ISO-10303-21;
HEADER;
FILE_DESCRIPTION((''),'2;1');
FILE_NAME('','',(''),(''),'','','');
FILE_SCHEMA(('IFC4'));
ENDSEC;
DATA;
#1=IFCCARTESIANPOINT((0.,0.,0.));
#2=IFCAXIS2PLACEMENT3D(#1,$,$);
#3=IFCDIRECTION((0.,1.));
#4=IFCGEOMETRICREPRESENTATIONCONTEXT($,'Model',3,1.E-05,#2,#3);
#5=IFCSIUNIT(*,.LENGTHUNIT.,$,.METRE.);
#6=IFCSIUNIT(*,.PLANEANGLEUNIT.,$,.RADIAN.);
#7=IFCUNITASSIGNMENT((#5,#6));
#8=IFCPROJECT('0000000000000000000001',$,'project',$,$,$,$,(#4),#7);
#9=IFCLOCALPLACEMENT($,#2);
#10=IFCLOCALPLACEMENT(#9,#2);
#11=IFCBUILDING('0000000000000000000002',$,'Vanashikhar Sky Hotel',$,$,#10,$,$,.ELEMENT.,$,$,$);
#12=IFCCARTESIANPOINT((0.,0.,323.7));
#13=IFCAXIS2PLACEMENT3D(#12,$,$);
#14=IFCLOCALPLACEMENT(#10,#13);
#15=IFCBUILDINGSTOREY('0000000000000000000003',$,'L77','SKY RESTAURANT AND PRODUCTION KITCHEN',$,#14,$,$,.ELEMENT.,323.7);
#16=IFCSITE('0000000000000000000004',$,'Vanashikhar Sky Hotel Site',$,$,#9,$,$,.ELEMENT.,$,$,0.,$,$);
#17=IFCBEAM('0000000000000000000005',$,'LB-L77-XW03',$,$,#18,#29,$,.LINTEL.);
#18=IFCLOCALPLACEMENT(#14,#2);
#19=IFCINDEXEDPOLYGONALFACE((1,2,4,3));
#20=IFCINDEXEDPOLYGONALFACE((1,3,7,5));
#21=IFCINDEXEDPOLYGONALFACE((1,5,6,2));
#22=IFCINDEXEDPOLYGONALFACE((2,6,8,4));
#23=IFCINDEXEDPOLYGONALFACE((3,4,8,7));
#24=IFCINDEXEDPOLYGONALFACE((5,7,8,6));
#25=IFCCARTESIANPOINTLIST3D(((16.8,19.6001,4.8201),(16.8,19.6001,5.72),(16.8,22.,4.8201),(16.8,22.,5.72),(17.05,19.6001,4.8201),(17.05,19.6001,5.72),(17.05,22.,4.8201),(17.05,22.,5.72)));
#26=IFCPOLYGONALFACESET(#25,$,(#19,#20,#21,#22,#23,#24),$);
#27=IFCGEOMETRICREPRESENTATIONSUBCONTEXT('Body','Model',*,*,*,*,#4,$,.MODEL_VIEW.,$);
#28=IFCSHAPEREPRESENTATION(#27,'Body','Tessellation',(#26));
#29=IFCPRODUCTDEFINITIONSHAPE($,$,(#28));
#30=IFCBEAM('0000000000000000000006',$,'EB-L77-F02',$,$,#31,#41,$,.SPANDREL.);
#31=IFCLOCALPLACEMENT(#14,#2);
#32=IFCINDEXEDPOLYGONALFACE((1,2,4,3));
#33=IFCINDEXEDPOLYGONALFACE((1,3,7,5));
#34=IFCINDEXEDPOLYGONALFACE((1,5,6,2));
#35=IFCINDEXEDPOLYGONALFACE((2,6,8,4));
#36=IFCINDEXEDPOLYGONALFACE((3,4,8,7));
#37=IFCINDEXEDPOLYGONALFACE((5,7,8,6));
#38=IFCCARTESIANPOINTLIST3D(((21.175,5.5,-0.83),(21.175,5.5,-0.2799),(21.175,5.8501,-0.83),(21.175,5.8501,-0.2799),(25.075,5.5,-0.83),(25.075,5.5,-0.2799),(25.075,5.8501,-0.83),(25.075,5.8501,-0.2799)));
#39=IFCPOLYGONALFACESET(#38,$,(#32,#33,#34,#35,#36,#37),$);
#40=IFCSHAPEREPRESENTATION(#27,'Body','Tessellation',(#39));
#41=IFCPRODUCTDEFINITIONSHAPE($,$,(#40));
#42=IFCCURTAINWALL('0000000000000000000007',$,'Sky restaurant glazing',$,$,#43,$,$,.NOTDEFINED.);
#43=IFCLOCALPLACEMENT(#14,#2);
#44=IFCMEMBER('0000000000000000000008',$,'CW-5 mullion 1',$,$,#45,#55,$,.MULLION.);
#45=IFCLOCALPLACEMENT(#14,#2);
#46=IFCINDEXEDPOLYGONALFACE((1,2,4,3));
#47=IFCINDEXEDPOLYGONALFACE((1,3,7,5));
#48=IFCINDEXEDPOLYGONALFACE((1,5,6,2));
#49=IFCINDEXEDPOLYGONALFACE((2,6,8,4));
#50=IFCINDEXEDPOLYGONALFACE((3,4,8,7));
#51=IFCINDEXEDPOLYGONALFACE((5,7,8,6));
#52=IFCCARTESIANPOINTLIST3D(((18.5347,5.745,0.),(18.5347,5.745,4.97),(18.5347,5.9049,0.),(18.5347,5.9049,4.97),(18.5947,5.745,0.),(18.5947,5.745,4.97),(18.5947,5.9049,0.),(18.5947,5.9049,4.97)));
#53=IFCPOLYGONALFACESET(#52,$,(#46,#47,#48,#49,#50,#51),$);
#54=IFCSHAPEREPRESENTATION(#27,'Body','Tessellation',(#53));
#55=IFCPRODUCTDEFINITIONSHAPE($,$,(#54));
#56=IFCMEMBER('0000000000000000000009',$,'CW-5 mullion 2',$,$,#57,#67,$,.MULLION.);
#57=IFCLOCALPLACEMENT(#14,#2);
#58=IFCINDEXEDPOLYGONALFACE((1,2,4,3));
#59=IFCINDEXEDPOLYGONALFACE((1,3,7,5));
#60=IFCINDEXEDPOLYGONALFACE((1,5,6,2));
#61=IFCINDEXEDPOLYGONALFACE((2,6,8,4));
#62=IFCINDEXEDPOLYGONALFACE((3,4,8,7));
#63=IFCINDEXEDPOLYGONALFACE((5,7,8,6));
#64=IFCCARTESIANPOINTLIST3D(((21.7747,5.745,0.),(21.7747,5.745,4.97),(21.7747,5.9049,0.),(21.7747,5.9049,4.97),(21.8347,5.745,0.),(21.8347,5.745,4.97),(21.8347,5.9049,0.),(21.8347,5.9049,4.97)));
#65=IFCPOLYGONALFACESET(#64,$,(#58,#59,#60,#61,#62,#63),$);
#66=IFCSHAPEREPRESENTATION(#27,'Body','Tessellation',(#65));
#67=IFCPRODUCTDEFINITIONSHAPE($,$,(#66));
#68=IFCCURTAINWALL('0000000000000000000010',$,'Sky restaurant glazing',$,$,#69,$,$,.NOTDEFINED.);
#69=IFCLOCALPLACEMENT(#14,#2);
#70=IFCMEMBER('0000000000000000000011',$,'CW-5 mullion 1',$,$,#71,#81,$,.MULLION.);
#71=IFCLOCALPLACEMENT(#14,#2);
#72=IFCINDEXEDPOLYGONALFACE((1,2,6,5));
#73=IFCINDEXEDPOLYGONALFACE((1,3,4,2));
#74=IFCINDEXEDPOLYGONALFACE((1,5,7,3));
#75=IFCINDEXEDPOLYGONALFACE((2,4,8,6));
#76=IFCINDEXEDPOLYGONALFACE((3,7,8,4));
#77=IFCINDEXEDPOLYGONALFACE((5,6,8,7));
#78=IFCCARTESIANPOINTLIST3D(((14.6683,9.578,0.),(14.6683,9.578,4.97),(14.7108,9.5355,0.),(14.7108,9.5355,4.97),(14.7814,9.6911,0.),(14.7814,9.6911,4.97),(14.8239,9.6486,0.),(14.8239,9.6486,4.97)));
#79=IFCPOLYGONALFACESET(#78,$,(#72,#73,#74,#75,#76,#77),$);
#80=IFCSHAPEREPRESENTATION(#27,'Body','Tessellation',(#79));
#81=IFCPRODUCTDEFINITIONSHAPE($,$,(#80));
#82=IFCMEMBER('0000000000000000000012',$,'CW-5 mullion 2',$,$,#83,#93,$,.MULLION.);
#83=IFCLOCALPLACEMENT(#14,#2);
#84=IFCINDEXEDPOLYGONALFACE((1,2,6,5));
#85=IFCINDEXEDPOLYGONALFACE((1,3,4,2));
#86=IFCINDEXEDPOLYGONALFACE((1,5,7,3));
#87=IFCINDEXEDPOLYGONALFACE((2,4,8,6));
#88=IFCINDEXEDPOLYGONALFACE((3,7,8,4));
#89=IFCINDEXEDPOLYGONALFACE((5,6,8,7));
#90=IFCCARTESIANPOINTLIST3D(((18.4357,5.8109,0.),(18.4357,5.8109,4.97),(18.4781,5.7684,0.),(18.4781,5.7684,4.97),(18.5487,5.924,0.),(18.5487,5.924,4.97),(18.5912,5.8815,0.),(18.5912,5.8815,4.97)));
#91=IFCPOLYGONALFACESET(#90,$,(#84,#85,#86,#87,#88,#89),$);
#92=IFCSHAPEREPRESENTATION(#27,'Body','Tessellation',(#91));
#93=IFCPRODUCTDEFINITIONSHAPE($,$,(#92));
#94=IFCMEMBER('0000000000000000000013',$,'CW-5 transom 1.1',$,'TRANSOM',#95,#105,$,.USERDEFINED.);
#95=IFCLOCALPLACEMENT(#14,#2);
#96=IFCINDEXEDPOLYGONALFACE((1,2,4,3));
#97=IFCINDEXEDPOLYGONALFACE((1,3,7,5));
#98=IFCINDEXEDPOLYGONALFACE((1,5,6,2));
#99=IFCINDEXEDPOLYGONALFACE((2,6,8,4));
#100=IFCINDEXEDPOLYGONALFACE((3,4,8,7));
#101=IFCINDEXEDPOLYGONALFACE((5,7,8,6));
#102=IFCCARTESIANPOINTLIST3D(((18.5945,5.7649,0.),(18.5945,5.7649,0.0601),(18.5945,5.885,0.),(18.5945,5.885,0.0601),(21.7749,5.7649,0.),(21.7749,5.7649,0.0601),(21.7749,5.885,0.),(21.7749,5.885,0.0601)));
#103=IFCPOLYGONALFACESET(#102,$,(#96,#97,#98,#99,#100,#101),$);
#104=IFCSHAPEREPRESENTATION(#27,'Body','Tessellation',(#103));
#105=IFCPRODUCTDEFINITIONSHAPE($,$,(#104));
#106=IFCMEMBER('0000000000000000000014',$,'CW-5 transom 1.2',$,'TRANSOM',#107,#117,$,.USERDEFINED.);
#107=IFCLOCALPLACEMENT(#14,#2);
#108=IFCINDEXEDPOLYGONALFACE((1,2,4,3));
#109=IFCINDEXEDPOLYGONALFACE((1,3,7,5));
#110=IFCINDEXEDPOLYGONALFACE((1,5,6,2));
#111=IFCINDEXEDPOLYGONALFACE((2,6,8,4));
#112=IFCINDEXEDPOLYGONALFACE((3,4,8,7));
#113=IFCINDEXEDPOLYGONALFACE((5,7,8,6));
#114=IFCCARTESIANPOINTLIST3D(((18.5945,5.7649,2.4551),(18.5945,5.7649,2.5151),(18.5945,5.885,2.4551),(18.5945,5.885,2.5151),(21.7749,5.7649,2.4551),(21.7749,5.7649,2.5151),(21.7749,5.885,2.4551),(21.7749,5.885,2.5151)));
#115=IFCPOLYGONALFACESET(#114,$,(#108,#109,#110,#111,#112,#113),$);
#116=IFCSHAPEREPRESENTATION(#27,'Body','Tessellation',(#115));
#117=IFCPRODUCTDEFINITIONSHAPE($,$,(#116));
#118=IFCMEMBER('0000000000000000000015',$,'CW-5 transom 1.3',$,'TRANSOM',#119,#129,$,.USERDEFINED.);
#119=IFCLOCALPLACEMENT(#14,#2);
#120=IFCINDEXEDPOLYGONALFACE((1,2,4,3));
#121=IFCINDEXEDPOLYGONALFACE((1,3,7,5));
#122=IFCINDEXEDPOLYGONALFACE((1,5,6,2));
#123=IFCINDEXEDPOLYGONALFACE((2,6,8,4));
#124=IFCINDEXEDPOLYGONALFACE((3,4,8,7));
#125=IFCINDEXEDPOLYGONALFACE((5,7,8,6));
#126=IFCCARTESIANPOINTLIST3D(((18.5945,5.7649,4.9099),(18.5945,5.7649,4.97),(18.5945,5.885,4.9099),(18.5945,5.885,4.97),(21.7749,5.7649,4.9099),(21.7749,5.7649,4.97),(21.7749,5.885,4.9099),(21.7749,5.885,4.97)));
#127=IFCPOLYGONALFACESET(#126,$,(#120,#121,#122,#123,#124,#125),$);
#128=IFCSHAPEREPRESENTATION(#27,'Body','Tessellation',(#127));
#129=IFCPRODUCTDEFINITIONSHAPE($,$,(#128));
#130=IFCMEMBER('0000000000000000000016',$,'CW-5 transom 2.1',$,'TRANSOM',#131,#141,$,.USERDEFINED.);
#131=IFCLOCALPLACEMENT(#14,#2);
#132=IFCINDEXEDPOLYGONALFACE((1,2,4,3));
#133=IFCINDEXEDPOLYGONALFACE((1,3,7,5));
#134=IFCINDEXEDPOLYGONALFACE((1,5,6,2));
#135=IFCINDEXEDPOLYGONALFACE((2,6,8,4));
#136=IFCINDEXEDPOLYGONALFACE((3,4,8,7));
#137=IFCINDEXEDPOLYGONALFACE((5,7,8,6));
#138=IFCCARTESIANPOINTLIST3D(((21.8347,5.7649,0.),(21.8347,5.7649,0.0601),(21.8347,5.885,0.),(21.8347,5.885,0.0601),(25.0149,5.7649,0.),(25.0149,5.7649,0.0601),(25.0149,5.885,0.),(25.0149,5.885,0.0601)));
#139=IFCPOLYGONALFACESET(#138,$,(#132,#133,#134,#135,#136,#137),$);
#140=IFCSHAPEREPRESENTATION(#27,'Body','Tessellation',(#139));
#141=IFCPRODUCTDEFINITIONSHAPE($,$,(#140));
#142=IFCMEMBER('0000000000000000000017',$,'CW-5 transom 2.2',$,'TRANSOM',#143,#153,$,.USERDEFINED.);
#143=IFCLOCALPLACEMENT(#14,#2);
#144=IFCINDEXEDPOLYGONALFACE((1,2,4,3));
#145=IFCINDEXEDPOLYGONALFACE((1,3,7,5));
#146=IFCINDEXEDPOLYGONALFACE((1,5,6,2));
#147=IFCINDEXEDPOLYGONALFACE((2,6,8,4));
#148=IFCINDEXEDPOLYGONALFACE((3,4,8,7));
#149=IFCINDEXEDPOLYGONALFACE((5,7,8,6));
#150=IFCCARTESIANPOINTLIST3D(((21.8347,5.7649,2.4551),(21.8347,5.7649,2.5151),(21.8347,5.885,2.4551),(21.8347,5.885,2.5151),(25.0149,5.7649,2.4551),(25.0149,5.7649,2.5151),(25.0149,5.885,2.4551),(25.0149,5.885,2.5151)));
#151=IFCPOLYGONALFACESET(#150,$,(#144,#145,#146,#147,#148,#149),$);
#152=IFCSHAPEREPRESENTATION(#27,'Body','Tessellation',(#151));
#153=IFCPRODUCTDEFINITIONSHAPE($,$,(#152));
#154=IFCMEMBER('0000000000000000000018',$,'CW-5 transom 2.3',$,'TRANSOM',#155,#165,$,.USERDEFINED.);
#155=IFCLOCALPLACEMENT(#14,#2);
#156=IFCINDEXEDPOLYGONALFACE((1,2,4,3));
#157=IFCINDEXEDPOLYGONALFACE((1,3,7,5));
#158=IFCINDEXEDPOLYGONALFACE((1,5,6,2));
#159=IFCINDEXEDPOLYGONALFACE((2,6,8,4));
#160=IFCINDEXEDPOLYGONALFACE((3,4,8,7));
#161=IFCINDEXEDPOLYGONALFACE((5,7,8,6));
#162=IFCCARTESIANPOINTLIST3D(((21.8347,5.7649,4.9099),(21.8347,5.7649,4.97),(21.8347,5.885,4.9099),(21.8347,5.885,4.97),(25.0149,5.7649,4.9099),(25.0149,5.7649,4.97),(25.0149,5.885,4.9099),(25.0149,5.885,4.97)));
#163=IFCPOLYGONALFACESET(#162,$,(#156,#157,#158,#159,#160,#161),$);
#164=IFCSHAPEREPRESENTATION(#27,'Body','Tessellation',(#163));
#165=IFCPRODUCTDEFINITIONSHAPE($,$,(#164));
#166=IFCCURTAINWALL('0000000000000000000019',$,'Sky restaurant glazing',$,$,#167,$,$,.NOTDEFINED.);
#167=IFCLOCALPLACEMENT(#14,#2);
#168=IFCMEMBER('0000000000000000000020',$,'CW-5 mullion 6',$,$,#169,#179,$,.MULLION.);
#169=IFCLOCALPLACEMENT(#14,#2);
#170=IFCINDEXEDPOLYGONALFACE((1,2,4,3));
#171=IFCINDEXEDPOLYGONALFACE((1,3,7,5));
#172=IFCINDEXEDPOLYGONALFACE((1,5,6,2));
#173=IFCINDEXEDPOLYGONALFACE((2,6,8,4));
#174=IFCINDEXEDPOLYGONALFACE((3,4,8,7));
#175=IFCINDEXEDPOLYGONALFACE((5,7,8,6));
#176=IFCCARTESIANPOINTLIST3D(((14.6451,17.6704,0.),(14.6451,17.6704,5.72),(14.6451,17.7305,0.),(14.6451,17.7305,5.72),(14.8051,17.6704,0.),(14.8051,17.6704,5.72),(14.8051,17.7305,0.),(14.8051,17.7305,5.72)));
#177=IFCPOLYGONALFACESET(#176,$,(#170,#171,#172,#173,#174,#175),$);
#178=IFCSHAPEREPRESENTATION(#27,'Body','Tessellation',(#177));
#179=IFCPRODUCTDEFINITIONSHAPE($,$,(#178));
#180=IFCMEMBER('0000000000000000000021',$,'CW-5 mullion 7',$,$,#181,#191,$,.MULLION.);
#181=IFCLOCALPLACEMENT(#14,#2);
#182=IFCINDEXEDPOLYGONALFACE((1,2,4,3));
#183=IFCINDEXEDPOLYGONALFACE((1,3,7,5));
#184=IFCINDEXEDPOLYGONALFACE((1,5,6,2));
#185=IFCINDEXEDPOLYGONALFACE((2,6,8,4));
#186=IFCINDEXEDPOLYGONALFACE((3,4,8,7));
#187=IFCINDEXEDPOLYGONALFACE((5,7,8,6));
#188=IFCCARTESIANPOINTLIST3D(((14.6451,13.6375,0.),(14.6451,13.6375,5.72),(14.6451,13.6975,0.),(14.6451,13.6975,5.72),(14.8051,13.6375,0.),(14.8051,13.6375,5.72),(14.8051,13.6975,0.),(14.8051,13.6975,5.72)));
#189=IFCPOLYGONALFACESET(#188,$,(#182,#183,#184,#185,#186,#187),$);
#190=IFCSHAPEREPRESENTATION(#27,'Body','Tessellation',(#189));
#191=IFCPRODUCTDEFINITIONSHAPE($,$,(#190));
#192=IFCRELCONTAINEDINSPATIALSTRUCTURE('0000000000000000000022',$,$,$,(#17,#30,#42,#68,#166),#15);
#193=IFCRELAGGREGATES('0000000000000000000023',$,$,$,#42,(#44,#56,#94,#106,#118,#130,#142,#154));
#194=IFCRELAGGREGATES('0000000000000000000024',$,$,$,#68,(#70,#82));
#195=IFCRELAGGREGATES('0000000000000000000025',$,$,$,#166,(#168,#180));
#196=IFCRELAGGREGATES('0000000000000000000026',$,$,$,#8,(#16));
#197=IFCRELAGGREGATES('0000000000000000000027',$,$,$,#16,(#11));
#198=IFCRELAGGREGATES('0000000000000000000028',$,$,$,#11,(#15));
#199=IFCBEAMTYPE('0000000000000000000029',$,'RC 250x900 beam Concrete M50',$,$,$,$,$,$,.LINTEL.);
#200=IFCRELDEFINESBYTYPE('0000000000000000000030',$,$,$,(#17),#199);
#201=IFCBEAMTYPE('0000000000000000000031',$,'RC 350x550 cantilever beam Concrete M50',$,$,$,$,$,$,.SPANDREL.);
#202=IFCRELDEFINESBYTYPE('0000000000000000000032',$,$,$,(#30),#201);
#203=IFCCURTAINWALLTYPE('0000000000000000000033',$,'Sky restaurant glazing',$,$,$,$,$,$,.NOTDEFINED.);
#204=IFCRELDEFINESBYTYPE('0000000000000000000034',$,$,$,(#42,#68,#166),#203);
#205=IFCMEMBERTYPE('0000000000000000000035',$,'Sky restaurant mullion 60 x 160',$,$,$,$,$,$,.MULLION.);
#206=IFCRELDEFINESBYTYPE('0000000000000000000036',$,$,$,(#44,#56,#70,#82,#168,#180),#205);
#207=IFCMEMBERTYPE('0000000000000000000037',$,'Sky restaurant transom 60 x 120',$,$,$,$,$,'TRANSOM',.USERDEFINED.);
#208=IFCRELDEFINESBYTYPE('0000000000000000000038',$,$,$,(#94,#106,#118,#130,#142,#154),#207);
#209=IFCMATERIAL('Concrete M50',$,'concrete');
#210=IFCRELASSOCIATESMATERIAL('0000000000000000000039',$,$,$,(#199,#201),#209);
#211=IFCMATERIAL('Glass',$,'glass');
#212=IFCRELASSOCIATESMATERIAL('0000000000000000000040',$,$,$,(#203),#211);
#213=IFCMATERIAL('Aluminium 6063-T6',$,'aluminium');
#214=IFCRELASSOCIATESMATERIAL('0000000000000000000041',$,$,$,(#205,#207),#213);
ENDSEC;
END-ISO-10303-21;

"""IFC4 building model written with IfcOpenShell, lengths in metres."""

from ifc_helpers import new_model, si_unit, direction, frame, origin, origin_2d, place, context, subcontext, project, spatial, rectangle, extrude, source, transform, mapped, material, material_profile, profile_set, type_object, element, aggregate, save


model = new_model("IFC4")

# Units and contexts
model_context = context("Model", 3, precision=1e-05, world=origin(), true_north=direction((0.0, 1.0)))
body_context = subcontext(model_context, "Body", "Model", "MODEL_VIEW")
ifc_project = project(units=[si_unit("LENGTHUNIT", "METRE"), si_unit("PLANEANGLEUNIT", "RADIAN")], contexts=[model_context])

# Site, building, storey
site_placement = place(None, origin())
site = spatial("IfcSite", under=ifc_project, at=site_placement, Name="Vanashikhar Sky Hotel Site", CompositionType="ELEMENT", RefElevation=0.0)
building_placement = place(site_placement, origin())
building = spatial("IfcBuilding", under=site, at=building_placement, Name="Vanashikhar Sky Hotel", CompositionType="ELEMENT")
storey_placement = place(building_placement, frame((0.0, 0.0, 323.7)))
storey = spatial("IfcBuildingStorey", under=building, at=storey_placement, Name="L77", Description="SKY RESTAURANT AND PRODUCTION KITCHEN", CompositionType="ELEMENT", Elevation=323.7)

# Beams
ifc_material_1 = material(Name="Concrete M50", Category="concrete")
ifc_material_profile_1 = material_profile(ifc_material_1, rectangle(XDim=0.25, YDim=0.8999, at=origin_2d()))
ifc_profile_set_1 = profile_set([ifc_material_profile_1], Name="RC 250x900 beam Concrete M50")
beam_type_1 = type_object("IfcBeamType", Name="RC 250x900 beam Concrete M50", PredefinedType="LINTEL", material=ifc_profile_set_1)
shared_shape_1 = source(origin(), body_context, "Body", "SweptSolid", [
    extrude(rectangle(XDim=0.25, YDim=0.8999, at=origin_2d()), origin(), (0.0, 0.0, 1.0), 2.3999),
])
beam_1_placement = place(storey_placement, frame((16.925, 19.6001, 5.27), z_axis=(0.0, 1.0, 0.0), x_axis=(-1.0, 0.0, 0.0)))
element("IfcBeam", 1, at=beam_1_placement, inside=storey, type_object=beam_type_1, Name="LB-L77-XW03", PredefinedType="LINTEL", context=body_context, shape_type="MappedRepresentation", body=[
    mapped(shared_shape_1, transform((0.0, 0.0, 0.0), scale=1.0)),
])
ifc_material_profile_2 = material_profile(ifc_material_1, rectangle(XDim=0.3501, YDim=0.55, at=origin_2d()))
ifc_profile_set_2 = profile_set([ifc_material_profile_2], Name="RC 350x550 cantilever beam Concrete M50")
beam_type_2 = type_object("IfcBeamType", Name="RC 350x550 cantilever beam Concrete M50", PredefinedType="SPANDREL", material=ifc_profile_set_2)
shared_shape_2 = source(origin(), body_context, "Body", "SweptSolid", [
    extrude(rectangle(XDim=0.3501, YDim=0.55, at=origin_2d()), origin(), (0.0, 0.0, 1.0), 3.8999),
])
beam_2_placement = place(storey_placement, frame((21.175, 5.675, -0.5549), z_axis=(1.0, 0.0, 0.0), x_axis=(0.0, 1.0, 0.0)))
element("IfcBeam", 2, at=beam_2_placement, inside=storey, type_object=beam_type_2, Name="EB-L77-F02", PredefinedType="SPANDREL", context=body_context, shape_type="MappedRepresentation", body=[
    mapped(shared_shape_2, transform((0.0, 0.0, 0.0), scale=1.0)),
])

# Curtain walls, members
ifc_material_2 = material(Name="Glass", Category="glass")
curtain_wall_type = type_object("IfcCurtainWallType", Name="Sky restaurant glazing", PredefinedType="NOTDEFINED", material=ifc_material_2)
curtain_wall_1_placement = place(storey_placement, origin())
curtain_wall_1 = element("IfcCurtainWall", 3, at=curtain_wall_1_placement, inside=storey, type_object=curtain_wall_type, Name="Sky restaurant glazing", PredefinedType="NOTDEFINED")
ifc_material_3 = material(Name="Aluminium 6063-T6", Category="aluminium")
ifc_material_profile_3 = material_profile(ifc_material_3, rectangle(XDim=0.1599, YDim=0.0601, at=origin_2d()))
ifc_profile_set_3 = profile_set([ifc_material_profile_3], Name="Aluminium 6063-T6")
member_type_1 = type_object("IfcMemberType", Name="Sky restaurant mullion 60 x 160", PredefinedType="MULLION", material=ifc_profile_set_3)
shared_shape_3 = source(origin(), body_context, "Body", "SweptSolid", [
    extrude(rectangle(XDim=0.1599, YDim=0.0601, at=origin_2d()), origin(), (0.0, 0.0, 1.0), 4.97),
])
member_1_placement = place(storey_placement, frame((18.5647, 5.825, 0.0), z_axis=(0.0, 0.0, 1.0), x_axis=(0.0, 1.0, 0.0)))
member_1 = element("IfcMember", 4, at=member_1_placement, type_object=member_type_1, Name="CW-5 mullion 1", PredefinedType="MULLION", context=body_context, shape_type="MappedRepresentation", body=[
    mapped(shared_shape_3, transform((0.0, 0.0, 0.0), scale=1.0)),
])
member_2_placement = place(storey_placement, frame((21.8047, 5.825, 0.0), z_axis=(0.0, 0.0, 1.0), x_axis=(0.0, 1.0, 0.0)))
member_2 = element("IfcMember", 5, at=member_2_placement, type_object=member_type_1, Name="CW-5 mullion 2", PredefinedType="MULLION", context=body_context, shape_type="MappedRepresentation", body=[
    mapped(shared_shape_3, transform((0.0, 0.0, 0.0), scale=1.0)),
])
curtain_wall_2_placement = place(storey_placement, origin())
curtain_wall_2 = element("IfcCurtainWall", 6, at=curtain_wall_2_placement, inside=storey, type_object=curtain_wall_type, Name="Sky restaurant glazing", PredefinedType="NOTDEFINED")
member_3_placement = place(storey_placement, frame((14.7461, 9.6133, 0.0), z_axis=(0.0, 0.0, 1.0), x_axis=(0.707107, 0.707107, 0.0)))
member_3 = element("IfcMember", 7, at=member_3_placement, type_object=member_type_1, Name="CW-5 mullion 1", PredefinedType="MULLION", context=body_context, shape_type="MappedRepresentation", body=[
    mapped(shared_shape_3, transform((0.0, 0.0, 0.0), scale=1.0)),
])
member_4_placement = place(storey_placement, frame((18.5134, 5.8462, 0.0), z_axis=(0.0, 0.0, 1.0), x_axis=(0.707107, 0.707107, 0.0)))
member_4 = element("IfcMember", 8, at=member_4_placement, type_object=member_type_1, Name="CW-5 mullion 2", PredefinedType="MULLION", context=body_context, shape_type="MappedRepresentation", body=[
    mapped(shared_shape_3, transform((0.0, 0.0, 0.0), scale=1.0)),
])

# Members
ifc_material_profile_4 = material_profile(ifc_material_3, rectangle(XDim=0.1201, YDim=0.0601, at=origin_2d()))
ifc_profile_set_4 = profile_set([ifc_material_profile_4], Name="Aluminium 6063-T6")
member_type_2 = type_object("IfcMemberType", Name="Sky restaurant transom 60 x 120", ElementType="TRANSOM", PredefinedType="USERDEFINED", material=ifc_profile_set_4)
shared_shape_4 = source(origin(), body_context, "Body", "SweptSolid", [
    extrude(rectangle(XDim=0.1201, YDim=0.0601, at=origin_2d()), origin(), (0.0, 0.0, 1.0), 3.1804),
])
member_5_placement = place(storey_placement, frame((18.5945, 5.825, 0.03), z_axis=(1.0, 0.0, 0.0), x_axis=(0.0, 1.0, 0.0)))
member_5 = element("IfcMember", 9, at=member_5_placement, type_object=member_type_2, Name="CW-5 transom 1.1", ObjectType="TRANSOM", PredefinedType="USERDEFINED", context=body_context, shape_type="MappedRepresentation", body=[
    mapped(shared_shape_4, transform((0.0, 0.0, 0.0), scale=1.0)),
])
member_6_placement = place(storey_placement, frame((18.5945, 5.825, 2.4851), z_axis=(1.0, 0.0, 0.0), x_axis=(0.0, 1.0, 0.0)))
member_6 = element("IfcMember", 10, at=member_6_placement, type_object=member_type_2, Name="CW-5 transom 1.2", ObjectType="TRANSOM", PredefinedType="USERDEFINED", context=body_context, shape_type="MappedRepresentation", body=[
    mapped(shared_shape_4, transform((0.0, 0.0, 0.0), scale=1.0)),
])
member_7_placement = place(storey_placement, frame((18.5945, 5.825, 4.9399), z_axis=(1.0, 0.0, 0.0), x_axis=(0.0, 1.0, 0.0)))
member_7 = element("IfcMember", 11, at=member_7_placement, type_object=member_type_2, Name="CW-5 transom 1.3", ObjectType="TRANSOM", PredefinedType="USERDEFINED", context=body_context, shape_type="MappedRepresentation", body=[
    mapped(shared_shape_4, transform((0.0, 0.0, 0.0), scale=1.0)),
])
shared_shape_5 = source(origin(), body_context, "Body", "SweptSolid", [
    extrude(rectangle(XDim=0.1201, YDim=0.0601, at=origin_2d()), origin(), (0.0, 0.0, 1.0), 3.1802),
])
member_8_placement = place(storey_placement, frame((21.8347, 5.825, 0.03), z_axis=(1.0, 0.0, 0.0), x_axis=(0.0, 1.0, 0.0)))
member_8 = element("IfcMember", 12, at=member_8_placement, type_object=member_type_2, Name="CW-5 transom 2.1", ObjectType="TRANSOM", PredefinedType="USERDEFINED", context=body_context, shape_type="MappedRepresentation", body=[
    mapped(shared_shape_5, transform((0.0, 0.0, 0.0), scale=1.0)),
])
member_9_placement = place(storey_placement, frame((21.8347, 5.825, 2.4851), z_axis=(1.0, 0.0, 0.0), x_axis=(0.0, 1.0, 0.0)))
member_9 = element("IfcMember", 13, at=member_9_placement, type_object=member_type_2, Name="CW-5 transom 2.2", ObjectType="TRANSOM", PredefinedType="USERDEFINED", context=body_context, shape_type="MappedRepresentation", body=[
    mapped(shared_shape_5, transform((0.0, 0.0, 0.0), scale=1.0)),
])
member_10_placement = place(storey_placement, frame((21.8347, 5.825, 4.9399), z_axis=(1.0, 0.0, 0.0), x_axis=(0.0, 1.0, 0.0)))
member_10 = element("IfcMember", 14, at=member_10_placement, type_object=member_type_2, Name="CW-5 transom 2.3", ObjectType="TRANSOM", PredefinedType="USERDEFINED", context=body_context, shape_type="MappedRepresentation", body=[
    mapped(shared_shape_5, transform((0.0, 0.0, 0.0), scale=1.0)),
])

# Curtain wall, members
curtain_wall_3_placement = place(storey_placement, origin())
curtain_wall_3 = element("IfcCurtainWall", 15, at=curtain_wall_3_placement, inside=storey, type_object=curtain_wall_type, Name="Sky restaurant glazing", PredefinedType="NOTDEFINED")
shared_shape_6 = source(origin(), body_context, "Body", "SweptSolid", [
    extrude(rectangle(XDim=0.1599, YDim=0.0601, at=origin_2d()), origin(), (0.0, 0.0, 1.0), 5.72),
])
member_11_placement = place(storey_placement, frame((14.7251, 17.7004, 0.0), z_axis=(0.0, 0.0, 1.0), x_axis=(1.0, 0.0, 0.0)))
member_11 = element("IfcMember", 16, at=member_11_placement, type_object=member_type_1, Name="CW-5 mullion 6", PredefinedType="MULLION", context=body_context, shape_type="MappedRepresentation", body=[
    mapped(shared_shape_6, transform((0.0, 0.0, 0.0), scale=1.0)),
])
member_12_placement = place(storey_placement, frame((14.7251, 13.6675, 0.0), z_axis=(0.0, 0.0, 1.0), x_axis=(1.0, 0.0, 0.0)))
member_12 = element("IfcMember", 17, at=member_12_placement, type_object=member_type_1, Name="CW-5 mullion 7", PredefinedType="MULLION", context=body_context, shape_type="MappedRepresentation", body=[
    mapped(shared_shape_6, transform((0.0, 0.0, 0.0), scale=1.0)),
])

aggregate(curtain_wall_1, [member_1, member_2, member_5, member_6, member_7, member_8, member_9, member_10])
aggregate(curtain_wall_2, [member_3, member_4])
aggregate(curtain_wall_3, [member_11, member_12])

save(model, "model.ifc")
